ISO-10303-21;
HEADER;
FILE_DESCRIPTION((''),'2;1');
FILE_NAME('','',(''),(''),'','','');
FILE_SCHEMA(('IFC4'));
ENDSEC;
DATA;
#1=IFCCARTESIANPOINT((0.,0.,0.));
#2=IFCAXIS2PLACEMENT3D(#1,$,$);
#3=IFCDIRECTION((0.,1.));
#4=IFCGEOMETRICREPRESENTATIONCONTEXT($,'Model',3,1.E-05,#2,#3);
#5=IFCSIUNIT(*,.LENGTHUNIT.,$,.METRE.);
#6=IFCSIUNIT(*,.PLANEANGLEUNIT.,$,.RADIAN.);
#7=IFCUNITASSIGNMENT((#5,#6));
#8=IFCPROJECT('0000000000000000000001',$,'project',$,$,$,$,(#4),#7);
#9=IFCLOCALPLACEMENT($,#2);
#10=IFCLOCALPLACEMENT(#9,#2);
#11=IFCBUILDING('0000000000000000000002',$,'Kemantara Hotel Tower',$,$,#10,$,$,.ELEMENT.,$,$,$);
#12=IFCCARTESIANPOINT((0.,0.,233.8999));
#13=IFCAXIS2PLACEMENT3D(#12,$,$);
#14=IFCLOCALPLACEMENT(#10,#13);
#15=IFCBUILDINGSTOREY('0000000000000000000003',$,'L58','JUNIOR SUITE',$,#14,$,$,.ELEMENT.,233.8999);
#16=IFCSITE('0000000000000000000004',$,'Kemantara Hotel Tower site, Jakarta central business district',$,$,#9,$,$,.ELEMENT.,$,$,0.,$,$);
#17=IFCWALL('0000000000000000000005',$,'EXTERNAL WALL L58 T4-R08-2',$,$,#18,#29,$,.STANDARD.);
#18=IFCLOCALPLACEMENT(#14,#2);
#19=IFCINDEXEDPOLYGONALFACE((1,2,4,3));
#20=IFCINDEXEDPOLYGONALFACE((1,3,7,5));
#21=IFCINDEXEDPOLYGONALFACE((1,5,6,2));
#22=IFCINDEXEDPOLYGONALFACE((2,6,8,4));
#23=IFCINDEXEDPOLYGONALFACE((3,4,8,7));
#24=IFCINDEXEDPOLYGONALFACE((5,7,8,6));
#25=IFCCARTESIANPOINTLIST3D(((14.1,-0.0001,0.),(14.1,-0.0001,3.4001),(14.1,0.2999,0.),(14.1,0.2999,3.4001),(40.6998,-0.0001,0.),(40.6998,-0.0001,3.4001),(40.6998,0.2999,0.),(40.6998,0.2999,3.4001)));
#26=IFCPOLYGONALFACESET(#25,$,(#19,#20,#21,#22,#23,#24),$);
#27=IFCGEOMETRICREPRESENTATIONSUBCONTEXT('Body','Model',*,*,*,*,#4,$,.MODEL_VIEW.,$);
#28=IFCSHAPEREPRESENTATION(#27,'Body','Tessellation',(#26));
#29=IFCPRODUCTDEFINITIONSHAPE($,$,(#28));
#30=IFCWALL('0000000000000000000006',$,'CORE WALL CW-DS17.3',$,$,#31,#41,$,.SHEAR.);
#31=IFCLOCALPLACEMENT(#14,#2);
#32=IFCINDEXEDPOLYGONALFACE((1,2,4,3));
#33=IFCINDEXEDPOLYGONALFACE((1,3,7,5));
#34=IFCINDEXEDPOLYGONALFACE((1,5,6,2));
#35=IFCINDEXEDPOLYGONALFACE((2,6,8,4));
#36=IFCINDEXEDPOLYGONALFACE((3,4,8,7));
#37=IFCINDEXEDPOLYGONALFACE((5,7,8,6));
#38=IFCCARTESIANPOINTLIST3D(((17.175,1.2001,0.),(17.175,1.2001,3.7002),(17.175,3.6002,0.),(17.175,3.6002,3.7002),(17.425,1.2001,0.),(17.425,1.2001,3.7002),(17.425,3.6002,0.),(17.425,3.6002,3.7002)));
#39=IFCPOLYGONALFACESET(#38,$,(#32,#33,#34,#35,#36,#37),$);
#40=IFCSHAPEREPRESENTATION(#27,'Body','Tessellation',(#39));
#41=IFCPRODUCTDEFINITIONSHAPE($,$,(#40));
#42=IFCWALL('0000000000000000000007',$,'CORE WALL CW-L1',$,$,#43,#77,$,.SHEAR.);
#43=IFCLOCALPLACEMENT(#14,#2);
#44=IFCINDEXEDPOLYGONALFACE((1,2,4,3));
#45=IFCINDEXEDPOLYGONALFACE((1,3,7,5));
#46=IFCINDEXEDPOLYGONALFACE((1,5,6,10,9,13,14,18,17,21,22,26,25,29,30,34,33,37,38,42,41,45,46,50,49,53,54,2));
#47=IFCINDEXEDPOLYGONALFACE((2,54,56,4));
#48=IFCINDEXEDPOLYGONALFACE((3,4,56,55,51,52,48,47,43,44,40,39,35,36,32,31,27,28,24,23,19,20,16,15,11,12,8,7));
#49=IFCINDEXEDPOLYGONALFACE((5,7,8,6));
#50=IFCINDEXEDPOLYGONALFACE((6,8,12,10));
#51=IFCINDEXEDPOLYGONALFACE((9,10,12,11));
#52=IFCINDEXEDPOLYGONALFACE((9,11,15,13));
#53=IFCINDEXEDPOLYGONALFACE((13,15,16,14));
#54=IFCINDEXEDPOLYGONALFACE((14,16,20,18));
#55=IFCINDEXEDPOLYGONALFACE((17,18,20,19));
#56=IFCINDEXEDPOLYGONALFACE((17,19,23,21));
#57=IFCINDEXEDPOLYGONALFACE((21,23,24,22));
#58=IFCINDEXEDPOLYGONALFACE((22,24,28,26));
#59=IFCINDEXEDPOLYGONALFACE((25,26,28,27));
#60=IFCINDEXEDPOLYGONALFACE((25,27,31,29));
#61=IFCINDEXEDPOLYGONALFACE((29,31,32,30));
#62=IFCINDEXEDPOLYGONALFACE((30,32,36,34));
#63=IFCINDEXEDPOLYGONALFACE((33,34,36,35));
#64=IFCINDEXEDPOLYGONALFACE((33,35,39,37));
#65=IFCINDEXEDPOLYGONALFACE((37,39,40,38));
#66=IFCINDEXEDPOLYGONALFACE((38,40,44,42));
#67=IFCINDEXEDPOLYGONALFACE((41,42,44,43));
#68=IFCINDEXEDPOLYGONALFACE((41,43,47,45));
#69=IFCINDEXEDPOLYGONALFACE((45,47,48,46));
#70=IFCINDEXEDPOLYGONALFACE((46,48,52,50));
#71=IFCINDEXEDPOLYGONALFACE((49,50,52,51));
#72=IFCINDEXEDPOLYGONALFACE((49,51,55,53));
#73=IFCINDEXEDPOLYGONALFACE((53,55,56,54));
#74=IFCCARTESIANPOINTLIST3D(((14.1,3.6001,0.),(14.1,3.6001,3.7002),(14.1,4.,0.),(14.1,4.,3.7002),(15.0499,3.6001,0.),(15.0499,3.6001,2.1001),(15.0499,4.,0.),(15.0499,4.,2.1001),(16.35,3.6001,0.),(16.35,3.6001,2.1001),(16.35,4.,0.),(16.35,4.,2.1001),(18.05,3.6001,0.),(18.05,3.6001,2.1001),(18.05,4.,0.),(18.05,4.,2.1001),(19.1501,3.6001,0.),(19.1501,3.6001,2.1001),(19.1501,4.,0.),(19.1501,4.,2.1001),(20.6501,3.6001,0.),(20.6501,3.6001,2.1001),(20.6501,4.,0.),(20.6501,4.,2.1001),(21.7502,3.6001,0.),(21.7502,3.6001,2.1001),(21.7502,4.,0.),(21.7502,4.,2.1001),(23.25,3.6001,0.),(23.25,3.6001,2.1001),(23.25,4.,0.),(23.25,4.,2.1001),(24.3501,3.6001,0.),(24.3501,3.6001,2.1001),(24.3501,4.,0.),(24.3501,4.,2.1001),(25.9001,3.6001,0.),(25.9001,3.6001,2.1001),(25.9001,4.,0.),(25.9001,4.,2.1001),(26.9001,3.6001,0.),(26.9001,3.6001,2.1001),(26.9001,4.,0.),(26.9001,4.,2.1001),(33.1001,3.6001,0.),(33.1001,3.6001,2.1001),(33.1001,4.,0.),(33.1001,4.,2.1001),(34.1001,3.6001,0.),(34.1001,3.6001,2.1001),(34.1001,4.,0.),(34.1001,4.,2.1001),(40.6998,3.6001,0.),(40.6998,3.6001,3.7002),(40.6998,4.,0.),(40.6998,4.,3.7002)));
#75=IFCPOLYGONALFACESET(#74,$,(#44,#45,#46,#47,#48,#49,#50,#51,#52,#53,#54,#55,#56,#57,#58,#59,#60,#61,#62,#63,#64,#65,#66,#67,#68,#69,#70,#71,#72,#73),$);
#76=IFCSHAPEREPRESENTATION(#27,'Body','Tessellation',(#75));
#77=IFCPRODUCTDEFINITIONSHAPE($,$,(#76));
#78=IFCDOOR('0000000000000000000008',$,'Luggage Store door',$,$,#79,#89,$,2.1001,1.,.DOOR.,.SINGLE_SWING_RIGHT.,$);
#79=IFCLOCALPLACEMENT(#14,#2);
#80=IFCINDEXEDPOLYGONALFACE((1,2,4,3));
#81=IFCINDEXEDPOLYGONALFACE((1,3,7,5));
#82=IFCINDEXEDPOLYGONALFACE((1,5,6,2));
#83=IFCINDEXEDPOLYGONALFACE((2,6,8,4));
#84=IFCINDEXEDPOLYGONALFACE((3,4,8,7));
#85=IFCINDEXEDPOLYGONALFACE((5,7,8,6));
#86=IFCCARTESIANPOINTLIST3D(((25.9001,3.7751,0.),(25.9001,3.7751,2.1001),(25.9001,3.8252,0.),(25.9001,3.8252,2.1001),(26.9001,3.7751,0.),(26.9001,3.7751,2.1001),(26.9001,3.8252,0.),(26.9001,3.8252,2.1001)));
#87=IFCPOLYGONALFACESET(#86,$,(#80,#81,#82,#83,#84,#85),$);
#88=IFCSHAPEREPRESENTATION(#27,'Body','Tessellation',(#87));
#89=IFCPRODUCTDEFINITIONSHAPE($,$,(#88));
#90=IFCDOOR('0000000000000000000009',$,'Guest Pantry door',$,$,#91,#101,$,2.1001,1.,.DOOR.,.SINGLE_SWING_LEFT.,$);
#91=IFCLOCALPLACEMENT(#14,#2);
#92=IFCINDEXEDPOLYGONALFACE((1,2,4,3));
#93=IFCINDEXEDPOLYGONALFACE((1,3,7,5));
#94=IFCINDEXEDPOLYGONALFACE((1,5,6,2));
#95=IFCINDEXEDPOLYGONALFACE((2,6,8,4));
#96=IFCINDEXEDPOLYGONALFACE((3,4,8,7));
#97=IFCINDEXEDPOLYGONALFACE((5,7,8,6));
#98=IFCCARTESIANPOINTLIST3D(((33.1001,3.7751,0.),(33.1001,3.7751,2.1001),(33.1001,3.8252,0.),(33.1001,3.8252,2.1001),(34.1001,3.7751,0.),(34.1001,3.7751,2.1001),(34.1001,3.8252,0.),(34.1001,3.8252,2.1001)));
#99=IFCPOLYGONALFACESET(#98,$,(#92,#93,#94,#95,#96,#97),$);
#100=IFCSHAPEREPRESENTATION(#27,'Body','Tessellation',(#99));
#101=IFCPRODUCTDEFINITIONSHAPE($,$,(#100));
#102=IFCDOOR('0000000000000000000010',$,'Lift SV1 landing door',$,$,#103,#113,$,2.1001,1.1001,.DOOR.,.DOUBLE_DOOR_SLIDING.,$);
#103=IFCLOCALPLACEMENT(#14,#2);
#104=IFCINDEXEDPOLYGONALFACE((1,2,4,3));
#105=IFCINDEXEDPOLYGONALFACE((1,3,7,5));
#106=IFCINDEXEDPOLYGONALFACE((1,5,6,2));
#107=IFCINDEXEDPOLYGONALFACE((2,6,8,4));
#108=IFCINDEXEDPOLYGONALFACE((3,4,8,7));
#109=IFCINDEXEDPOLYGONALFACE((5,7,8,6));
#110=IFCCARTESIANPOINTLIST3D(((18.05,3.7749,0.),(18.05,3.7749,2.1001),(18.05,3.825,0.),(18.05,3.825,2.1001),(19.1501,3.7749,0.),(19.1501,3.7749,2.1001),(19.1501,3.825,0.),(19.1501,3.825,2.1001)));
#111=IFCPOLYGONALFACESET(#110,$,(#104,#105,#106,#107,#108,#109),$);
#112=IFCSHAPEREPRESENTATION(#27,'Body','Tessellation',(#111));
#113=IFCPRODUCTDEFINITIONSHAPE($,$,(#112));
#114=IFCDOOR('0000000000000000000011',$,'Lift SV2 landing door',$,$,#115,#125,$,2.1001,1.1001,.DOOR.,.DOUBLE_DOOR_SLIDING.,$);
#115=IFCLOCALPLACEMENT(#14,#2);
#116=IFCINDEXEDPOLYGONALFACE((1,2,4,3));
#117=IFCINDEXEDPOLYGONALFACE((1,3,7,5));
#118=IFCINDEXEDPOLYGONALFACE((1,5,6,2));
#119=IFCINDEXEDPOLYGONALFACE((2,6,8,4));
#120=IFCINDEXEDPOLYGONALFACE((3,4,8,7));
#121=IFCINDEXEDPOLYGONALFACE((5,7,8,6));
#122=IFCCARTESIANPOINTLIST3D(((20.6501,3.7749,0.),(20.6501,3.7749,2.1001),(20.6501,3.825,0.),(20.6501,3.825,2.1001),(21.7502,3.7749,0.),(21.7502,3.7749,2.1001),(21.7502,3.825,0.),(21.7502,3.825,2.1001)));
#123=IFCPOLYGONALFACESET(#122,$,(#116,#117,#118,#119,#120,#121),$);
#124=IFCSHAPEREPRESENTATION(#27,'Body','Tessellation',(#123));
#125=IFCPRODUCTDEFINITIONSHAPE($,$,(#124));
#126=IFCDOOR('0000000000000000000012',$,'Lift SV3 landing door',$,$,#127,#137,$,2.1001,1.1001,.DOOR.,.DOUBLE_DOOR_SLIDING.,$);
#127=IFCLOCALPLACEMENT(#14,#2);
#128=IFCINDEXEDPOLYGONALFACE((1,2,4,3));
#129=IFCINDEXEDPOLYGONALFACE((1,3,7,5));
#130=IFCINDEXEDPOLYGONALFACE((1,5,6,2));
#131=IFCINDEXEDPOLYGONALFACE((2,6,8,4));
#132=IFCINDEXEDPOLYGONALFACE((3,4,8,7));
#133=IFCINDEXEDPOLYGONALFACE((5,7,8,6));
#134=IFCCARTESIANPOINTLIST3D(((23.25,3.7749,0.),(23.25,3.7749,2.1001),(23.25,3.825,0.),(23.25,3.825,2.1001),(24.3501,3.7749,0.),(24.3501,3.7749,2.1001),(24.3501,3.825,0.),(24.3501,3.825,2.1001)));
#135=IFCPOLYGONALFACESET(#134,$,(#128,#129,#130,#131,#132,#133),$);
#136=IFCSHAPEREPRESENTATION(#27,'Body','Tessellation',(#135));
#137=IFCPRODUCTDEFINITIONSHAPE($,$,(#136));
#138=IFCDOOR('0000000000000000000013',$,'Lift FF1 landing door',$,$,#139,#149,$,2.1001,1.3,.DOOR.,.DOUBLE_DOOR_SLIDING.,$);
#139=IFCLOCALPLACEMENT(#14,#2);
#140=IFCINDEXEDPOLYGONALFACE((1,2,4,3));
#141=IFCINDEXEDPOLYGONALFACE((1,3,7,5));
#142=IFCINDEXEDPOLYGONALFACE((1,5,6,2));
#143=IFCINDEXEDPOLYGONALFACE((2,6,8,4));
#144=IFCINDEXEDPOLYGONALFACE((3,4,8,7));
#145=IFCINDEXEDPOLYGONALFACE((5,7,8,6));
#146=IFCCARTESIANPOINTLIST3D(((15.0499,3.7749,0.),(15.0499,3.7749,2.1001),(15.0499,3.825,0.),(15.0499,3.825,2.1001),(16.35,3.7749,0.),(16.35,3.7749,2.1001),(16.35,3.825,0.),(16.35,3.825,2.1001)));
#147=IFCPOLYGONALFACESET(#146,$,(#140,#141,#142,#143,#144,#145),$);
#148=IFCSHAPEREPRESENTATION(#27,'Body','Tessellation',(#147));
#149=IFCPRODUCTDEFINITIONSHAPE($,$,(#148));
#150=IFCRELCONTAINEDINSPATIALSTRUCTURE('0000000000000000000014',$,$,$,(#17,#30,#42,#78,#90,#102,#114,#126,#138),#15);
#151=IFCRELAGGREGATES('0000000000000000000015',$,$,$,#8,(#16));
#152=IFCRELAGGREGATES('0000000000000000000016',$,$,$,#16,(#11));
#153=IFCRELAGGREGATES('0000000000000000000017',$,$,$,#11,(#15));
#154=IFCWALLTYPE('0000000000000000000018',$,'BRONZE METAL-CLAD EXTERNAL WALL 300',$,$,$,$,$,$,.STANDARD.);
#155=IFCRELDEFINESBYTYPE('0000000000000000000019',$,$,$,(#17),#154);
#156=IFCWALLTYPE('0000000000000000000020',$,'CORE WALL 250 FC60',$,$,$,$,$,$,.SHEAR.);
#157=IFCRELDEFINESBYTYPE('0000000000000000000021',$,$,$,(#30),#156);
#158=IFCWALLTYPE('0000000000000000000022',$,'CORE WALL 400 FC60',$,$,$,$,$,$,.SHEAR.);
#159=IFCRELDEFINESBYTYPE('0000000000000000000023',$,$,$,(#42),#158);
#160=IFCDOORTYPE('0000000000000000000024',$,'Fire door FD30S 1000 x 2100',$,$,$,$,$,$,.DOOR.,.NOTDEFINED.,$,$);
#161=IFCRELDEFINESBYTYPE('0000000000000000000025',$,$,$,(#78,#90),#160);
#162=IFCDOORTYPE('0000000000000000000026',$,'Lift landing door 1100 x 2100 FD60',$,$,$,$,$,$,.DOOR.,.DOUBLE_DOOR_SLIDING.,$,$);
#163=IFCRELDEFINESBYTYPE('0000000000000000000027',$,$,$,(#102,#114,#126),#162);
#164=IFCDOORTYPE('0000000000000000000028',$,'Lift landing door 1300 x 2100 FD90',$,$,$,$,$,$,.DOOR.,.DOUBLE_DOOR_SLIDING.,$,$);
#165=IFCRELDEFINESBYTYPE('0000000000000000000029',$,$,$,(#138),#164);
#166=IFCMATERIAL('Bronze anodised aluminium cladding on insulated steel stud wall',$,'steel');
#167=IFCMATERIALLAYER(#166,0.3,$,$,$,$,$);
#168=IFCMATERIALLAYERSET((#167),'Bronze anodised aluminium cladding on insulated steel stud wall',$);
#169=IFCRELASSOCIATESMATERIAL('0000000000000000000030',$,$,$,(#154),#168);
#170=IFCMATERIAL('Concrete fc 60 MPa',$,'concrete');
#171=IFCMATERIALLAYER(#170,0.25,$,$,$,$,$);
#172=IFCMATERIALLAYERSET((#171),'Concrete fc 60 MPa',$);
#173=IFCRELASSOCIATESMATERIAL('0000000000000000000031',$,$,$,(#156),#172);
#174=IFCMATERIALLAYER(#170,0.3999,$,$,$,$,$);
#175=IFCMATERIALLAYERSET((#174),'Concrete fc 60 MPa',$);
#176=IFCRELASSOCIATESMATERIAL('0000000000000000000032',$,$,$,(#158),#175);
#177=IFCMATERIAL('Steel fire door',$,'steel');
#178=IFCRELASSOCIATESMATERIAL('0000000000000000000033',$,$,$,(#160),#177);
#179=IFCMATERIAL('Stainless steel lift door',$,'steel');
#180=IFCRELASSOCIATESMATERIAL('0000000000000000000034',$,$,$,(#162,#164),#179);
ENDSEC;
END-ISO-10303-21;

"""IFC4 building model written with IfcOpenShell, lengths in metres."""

from ifc_helpers import new_model, si_unit, direction, frame, frame_2d, origin, place, context, subcontext, project, spatial, rectangle, extrude, material, layer, layer_set, type_object, element, fill, save


model = new_model("IFC4")

# Units and contexts
model_context = context("Model", 3, precision=1e-05, world=origin(), true_north=direction((0.0, 1.0)))
body_context = subcontext(model_context, "Body", "Model", "MODEL_VIEW")
ifc_project = project(units=[si_unit("LENGTHUNIT", "METRE"), si_unit("PLANEANGLEUNIT", "RADIAN")], contexts=[model_context])

# Site, building, storey
site_placement = place(None, origin())
site = spatial("IfcSite", under=ifc_project, at=site_placement, Name="Kemantara Hotel Tower site, Jakarta central business district", CompositionType="ELEMENT", RefElevation=0.0)
building_placement = place(site_placement, origin())
building = spatial("IfcBuilding", under=site, at=building_placement, Name="Kemantara Hotel Tower", CompositionType="ELEMENT")
storey_placement = place(building_placement, frame((0.0, 0.0, 233.8999)))
storey = spatial("IfcBuildingStorey", under=building, at=storey_placement, Name="L58", Description="JUNIOR SUITE", CompositionType="ELEMENT", Elevation=233.8999)

# Walls
ifc_material_1 = material(Name="Bronze anodised aluminium cladding on insulated steel stud wall", Category="steel")
ifc_layer_1 = layer(ifc_material_1, 0.3)
ifc_layer_set_1 = layer_set([ifc_layer_1], Name="Bronze anodised aluminium cladding on insulated steel stud wall")
wall_type_1 = type_object("IfcWallType", Name="BRONZE METAL-CLAD EXTERNAL WALL 300", PredefinedType="STANDARD", material=ifc_layer_set_1)
wall_1_placement = place(storey_placement, frame((14.1001, 0.1499, 0.0), z_axis=(0.0, 0.0, 1.0), x_axis=(1.0, 0.0, 0.0)))
element("IfcWall", 1, at=wall_1_placement, inside=storey, type_object=wall_type_1, Name="EXTERNAL WALL L58 T4-R08-2", PredefinedType="STANDARD", context=body_context, shape_type="SweptSolid", body=[
    extrude(rectangle(XDim=26.5999, YDim=0.3, at=frame_2d((13.2998, 0.0))), origin(), (0.0, 0.0, 1.0), 3.4001),
])
ifc_material_2 = material(Name="Concrete fc 60 MPa", Category="concrete")
ifc_layer_2 = layer(ifc_material_2, 0.25)
ifc_layer_set_2 = layer_set([ifc_layer_2], Name="Concrete fc 60 MPa")
wall_type_2 = type_object("IfcWallType", Name="CORE WALL 250 FC60", PredefinedType="SHEAR", material=ifc_layer_set_2)
wall_2_placement = place(storey_placement, frame((17.3, 1.2, 0.0), z_axis=(0.0, 0.0, 1.0), x_axis=(0.0, 1.0, 0.0)))
element("IfcWall", 2, at=wall_2_placement, inside=storey, type_object=wall_type_2, Name="CORE WALL CW-DS17.3", PredefinedType="SHEAR", context=body_context, shape_type="SweptSolid", body=[
    extrude(rectangle(XDim=2.4001, YDim=0.25, at=frame_2d((1.2002, 0.0))), origin(), (0.0, 0.0, 1.0), 3.7002),
])

# Wall, openings, doors
ifc_layer_3 = layer(ifc_material_2, 0.3999)
ifc_layer_set_3 = layer_set([ifc_layer_3], Name="Concrete fc 60 MPa")
wall_type_3 = type_object("IfcWallType", Name="CORE WALL 400 FC60", PredefinedType="SHEAR", material=ifc_layer_set_3)
wall_3_placement = place(storey_placement, frame((14.1001, 3.8, 0.0), z_axis=(0.0, 0.0, 1.0), x_axis=(1.0, 0.0, 0.0)))
wall_3 = element("IfcWall", 3, at=wall_3_placement, inside=storey, type_object=wall_type_3, Name="CORE WALL CW-L1", PredefinedType="SHEAR", context=body_context, shape_type="SweptSolid", body=[
    extrude(rectangle(XDim=26.5999, YDim=0.3999, at=frame_2d((13.2998, 0.0))), origin(), (0.0, 0.0, 1.0), 3.7002),
])
opening_1_placement = place(wall_3_placement, frame((0.95, 0.0, 0.0)))
opening_1 = element("IfcOpeningElement", 4, at=opening_1_placement, cuts=wall_3, PredefinedType="OPENING", context=body_context, shape_type="SweptSolid", body=[
    extrude(rectangle(XDim=1.3, YDim=2.1001, at=frame_2d((0.6499, 1.05))), frame((0.0, 0.21, 0.0), z_axis=(0.0, -1.0, 0.0), x_axis=(1.0, 0.0, 0.0)), (0.0, 0.0, 1.0), 0.4199),
])
opening_2_placement = place(wall_3_placement, frame((3.95, 0.0, 0.0)))
opening_2 = element("IfcOpeningElement", 5, at=opening_2_placement, cuts=wall_3, PredefinedType="OPENING", context=body_context, shape_type="SweptSolid", body=[
    extrude(rectangle(XDim=1.1001, YDim=2.1001, at=frame_2d((0.55, 1.05))), frame((0.0, 0.21, 0.0), z_axis=(0.0, -1.0, 0.0), x_axis=(1.0, 0.0, 0.0)), (0.0, 0.0, 1.0), 0.4199),
])
opening_3_placement = place(wall_3_placement, frame((6.55, 0.0, 0.0)))
opening_3 = element("IfcOpeningElement", 6, at=opening_3_placement, cuts=wall_3, PredefinedType="OPENING", context=body_context, shape_type="SweptSolid", body=[
    extrude(rectangle(XDim=1.1001, YDim=2.1001, at=frame_2d((0.55, 1.05))), frame((0.0, 0.21, 0.0), z_axis=(0.0, -1.0, 0.0), x_axis=(1.0, 0.0, 0.0)), (0.0, 0.0, 1.0), 0.4199),
])
opening_4_placement = place(wall_3_placement, frame((9.1499, 0.0, 0.0)))
opening_4 = element("IfcOpeningElement", 7, at=opening_4_placement, cuts=wall_3, PredefinedType="OPENING", context=body_context, shape_type="SweptSolid", body=[
    extrude(rectangle(XDim=1.1001, YDim=2.1001, at=frame_2d((0.55, 1.05))), frame((0.0, 0.21, 0.0), z_axis=(0.0, -1.0, 0.0), x_axis=(1.0, 0.0, 0.0)), (0.0, 0.0, 1.0), 0.4199),
])
opening_5_placement = place(wall_3_placement, frame((11.8, 0.0, 0.0)))
opening_5 = element("IfcOpeningElement", 8, at=opening_5_placement, cuts=wall_3, PredefinedType="OPENING", context=body_context, shape_type="SweptSolid", body=[
    extrude(rectangle(XDim=1.0, YDim=2.1001, at=frame_2d((0.5, 1.05))), frame((0.0, 0.21, 0.0), z_axis=(0.0, -1.0, 0.0), x_axis=(1.0, 0.0, 0.0)), (0.0, 0.0, 1.0), 0.4199),
])
opening_6_placement = place(wall_3_placement, frame((19.0, 0.0, 0.0)))
opening_6 = element("IfcOpeningElement", 9, at=opening_6_placement, cuts=wall_3, PredefinedType="OPENING", context=body_context, shape_type="SweptSolid", body=[
    extrude(rectangle(XDim=1.0, YDim=2.1001, at=frame_2d((0.5, 1.05))), frame((0.0, 0.21, 0.0), z_axis=(0.0, -1.0, 0.0), x_axis=(1.0, 0.0, 0.0)), (0.0, 0.0, 1.0), 0.4199),
])
ifc_material_3 = material(Name="Steel fire door", Category="steel")
door_type_1 = type_object("IfcDoorType", Name="Fire door FD30S 1000 x 2100", OperationType="NOTDEFINED", PredefinedType="DOOR", material=ifc_material_3)
door_1_placement = place(opening_5_placement, frame((1.0, 0.0, 0.0), z_axis=(0.0, 0.0, 1.0), x_axis=(-1.0, 0.0, 0.0)))
door_1 = element("IfcDoor", 10, at=door_1_placement, inside=storey, type_object=door_type_1, Name="Luggage Store door", OperationType="SINGLE_SWING_RIGHT", OverallHeight=2.1001, OverallWidth=1.0, PredefinedType="DOOR", context=body_context, shape_type="SweptSolid", body=[
    extrude(rectangle(XDim=1.0, YDim=2.1001, at=frame_2d((0.5, 1.05))), frame((0.0, 0.0249, 0.0), z_axis=(0.0, -1.0, 0.0), x_axis=(1.0, 0.0, 0.0)), (0.0, 0.0, 1.0), 0.05),
])
fill(opening_5, door_1)
door_2_placement = place(opening_6_placement, frame((1.0, 0.0, 0.0), z_axis=(0.0, 0.0, 1.0), x_axis=(-1.0, 0.0, 0.0)))
door_2 = element("IfcDoor", 11, at=door_2_placement, inside=storey, type_object=door_type_1, Name="Guest Pantry door", OperationType="SINGLE_SWING_LEFT", OverallHeight=2.1001, OverallWidth=1.0, PredefinedType="DOOR", context=body_context, shape_type="SweptSolid", body=[
    extrude(rectangle(XDim=1.0, YDim=2.1001, at=frame_2d((0.5, 1.05))), frame((0.0, 0.0249, 0.0), z_axis=(0.0, -1.0, 0.0), x_axis=(1.0, 0.0, 0.0)), (0.0, 0.0, 1.0), 0.05),
])
fill(opening_6, door_2)
ifc_material_4 = material(Name="Stainless steel lift door", Category="steel")
door_type_2 = type_object("IfcDoorType", Name="Lift landing door 1100 x 2100 FD60", OperationType="DOUBLE_DOOR_SLIDING", PredefinedType="DOOR", material=ifc_material_4)
door_3_placement = place(opening_2_placement, origin())
door_3 = element("IfcDoor", 12, at=door_3_placement, inside=storey, type_object=door_type_2, Name="Lift SV1 landing door", OperationType="DOUBLE_DOOR_SLIDING", OverallHeight=2.1001, OverallWidth=1.1001, PredefinedType="DOOR", context=body_context, shape_type="SweptSolid", body=[
    extrude(rectangle(XDim=1.1001, YDim=2.1001, at=frame_2d((0.55, 1.05))), frame((0.0, 0.0249, 0.0), z_axis=(0.0, -1.0, 0.0), x_axis=(1.0, 0.0, 0.0)), (0.0, 0.0, 1.0), 0.05),
])
fill(opening_2, door_3)
door_4_placement = place(opening_3_placement, origin())
door_4 = element("IfcDoor", 13, at=door_4_placement, inside=storey, type_object=door_type_2, Name="Lift SV2 landing door", OperationType="DOUBLE_DOOR_SLIDING", OverallHeight=2.1001, OverallWidth=1.1001, PredefinedType="DOOR", context=body_context, shape_type="SweptSolid", body=[
    extrude(rectangle(XDim=1.1001, YDim=2.1001, at=frame_2d((0.55, 1.05))), frame((0.0, 0.0249, 0.0), z_axis=(0.0, -1.0, 0.0), x_axis=(1.0, 0.0, 0.0)), (0.0, 0.0, 1.0), 0.05),
])
fill(opening_3, door_4)
door_5_placement = place(opening_4_placement, origin())
door_5 = element("IfcDoor", 14, at=door_5_placement, inside=storey, type_object=door_type_2, Name="Lift SV3 landing door", OperationType="DOUBLE_DOOR_SLIDING", OverallHeight=2.1001, OverallWidth=1.1001, PredefinedType="DOOR", context=body_context, shape_type="SweptSolid", body=[
    extrude(rectangle(XDim=1.1001, YDim=2.1001, at=frame_2d((0.55, 1.05))), frame((0.0, 0.0249, 0.0), z_axis=(0.0, -1.0, 0.0), x_axis=(1.0, 0.0, 0.0)), (0.0, 0.0, 1.0), 0.05),
])
fill(opening_4, door_5)
door_type_3 = type_object("IfcDoorType", Name="Lift landing door 1300 x 2100 FD90", OperationType="DOUBLE_DOOR_SLIDING", PredefinedType="DOOR", material=ifc_material_4)
door_6_placement = place(opening_1_placement, origin())
door_6 = element("IfcDoor", 15, at=door_6_placement, inside=storey, type_object=door_type_3, Name="Lift FF1 landing door", OperationType="DOUBLE_DOOR_SLIDING", OverallHeight=2.1001, OverallWidth=1.3, PredefinedType="DOOR", context=body_context, shape_type="SweptSolid", body=[
    extrude(rectangle(XDim=1.3, YDim=2.1001, at=frame_2d((0.6499, 1.05))), frame((0.0, 0.0249, 0.0), z_axis=(0.0, -1.0, 0.0), x_axis=(1.0, 0.0, 0.0)), (0.0, 0.0, 1.0), 0.05),
])
fill(opening_1, door_6)

save(model, "model.ifc")
